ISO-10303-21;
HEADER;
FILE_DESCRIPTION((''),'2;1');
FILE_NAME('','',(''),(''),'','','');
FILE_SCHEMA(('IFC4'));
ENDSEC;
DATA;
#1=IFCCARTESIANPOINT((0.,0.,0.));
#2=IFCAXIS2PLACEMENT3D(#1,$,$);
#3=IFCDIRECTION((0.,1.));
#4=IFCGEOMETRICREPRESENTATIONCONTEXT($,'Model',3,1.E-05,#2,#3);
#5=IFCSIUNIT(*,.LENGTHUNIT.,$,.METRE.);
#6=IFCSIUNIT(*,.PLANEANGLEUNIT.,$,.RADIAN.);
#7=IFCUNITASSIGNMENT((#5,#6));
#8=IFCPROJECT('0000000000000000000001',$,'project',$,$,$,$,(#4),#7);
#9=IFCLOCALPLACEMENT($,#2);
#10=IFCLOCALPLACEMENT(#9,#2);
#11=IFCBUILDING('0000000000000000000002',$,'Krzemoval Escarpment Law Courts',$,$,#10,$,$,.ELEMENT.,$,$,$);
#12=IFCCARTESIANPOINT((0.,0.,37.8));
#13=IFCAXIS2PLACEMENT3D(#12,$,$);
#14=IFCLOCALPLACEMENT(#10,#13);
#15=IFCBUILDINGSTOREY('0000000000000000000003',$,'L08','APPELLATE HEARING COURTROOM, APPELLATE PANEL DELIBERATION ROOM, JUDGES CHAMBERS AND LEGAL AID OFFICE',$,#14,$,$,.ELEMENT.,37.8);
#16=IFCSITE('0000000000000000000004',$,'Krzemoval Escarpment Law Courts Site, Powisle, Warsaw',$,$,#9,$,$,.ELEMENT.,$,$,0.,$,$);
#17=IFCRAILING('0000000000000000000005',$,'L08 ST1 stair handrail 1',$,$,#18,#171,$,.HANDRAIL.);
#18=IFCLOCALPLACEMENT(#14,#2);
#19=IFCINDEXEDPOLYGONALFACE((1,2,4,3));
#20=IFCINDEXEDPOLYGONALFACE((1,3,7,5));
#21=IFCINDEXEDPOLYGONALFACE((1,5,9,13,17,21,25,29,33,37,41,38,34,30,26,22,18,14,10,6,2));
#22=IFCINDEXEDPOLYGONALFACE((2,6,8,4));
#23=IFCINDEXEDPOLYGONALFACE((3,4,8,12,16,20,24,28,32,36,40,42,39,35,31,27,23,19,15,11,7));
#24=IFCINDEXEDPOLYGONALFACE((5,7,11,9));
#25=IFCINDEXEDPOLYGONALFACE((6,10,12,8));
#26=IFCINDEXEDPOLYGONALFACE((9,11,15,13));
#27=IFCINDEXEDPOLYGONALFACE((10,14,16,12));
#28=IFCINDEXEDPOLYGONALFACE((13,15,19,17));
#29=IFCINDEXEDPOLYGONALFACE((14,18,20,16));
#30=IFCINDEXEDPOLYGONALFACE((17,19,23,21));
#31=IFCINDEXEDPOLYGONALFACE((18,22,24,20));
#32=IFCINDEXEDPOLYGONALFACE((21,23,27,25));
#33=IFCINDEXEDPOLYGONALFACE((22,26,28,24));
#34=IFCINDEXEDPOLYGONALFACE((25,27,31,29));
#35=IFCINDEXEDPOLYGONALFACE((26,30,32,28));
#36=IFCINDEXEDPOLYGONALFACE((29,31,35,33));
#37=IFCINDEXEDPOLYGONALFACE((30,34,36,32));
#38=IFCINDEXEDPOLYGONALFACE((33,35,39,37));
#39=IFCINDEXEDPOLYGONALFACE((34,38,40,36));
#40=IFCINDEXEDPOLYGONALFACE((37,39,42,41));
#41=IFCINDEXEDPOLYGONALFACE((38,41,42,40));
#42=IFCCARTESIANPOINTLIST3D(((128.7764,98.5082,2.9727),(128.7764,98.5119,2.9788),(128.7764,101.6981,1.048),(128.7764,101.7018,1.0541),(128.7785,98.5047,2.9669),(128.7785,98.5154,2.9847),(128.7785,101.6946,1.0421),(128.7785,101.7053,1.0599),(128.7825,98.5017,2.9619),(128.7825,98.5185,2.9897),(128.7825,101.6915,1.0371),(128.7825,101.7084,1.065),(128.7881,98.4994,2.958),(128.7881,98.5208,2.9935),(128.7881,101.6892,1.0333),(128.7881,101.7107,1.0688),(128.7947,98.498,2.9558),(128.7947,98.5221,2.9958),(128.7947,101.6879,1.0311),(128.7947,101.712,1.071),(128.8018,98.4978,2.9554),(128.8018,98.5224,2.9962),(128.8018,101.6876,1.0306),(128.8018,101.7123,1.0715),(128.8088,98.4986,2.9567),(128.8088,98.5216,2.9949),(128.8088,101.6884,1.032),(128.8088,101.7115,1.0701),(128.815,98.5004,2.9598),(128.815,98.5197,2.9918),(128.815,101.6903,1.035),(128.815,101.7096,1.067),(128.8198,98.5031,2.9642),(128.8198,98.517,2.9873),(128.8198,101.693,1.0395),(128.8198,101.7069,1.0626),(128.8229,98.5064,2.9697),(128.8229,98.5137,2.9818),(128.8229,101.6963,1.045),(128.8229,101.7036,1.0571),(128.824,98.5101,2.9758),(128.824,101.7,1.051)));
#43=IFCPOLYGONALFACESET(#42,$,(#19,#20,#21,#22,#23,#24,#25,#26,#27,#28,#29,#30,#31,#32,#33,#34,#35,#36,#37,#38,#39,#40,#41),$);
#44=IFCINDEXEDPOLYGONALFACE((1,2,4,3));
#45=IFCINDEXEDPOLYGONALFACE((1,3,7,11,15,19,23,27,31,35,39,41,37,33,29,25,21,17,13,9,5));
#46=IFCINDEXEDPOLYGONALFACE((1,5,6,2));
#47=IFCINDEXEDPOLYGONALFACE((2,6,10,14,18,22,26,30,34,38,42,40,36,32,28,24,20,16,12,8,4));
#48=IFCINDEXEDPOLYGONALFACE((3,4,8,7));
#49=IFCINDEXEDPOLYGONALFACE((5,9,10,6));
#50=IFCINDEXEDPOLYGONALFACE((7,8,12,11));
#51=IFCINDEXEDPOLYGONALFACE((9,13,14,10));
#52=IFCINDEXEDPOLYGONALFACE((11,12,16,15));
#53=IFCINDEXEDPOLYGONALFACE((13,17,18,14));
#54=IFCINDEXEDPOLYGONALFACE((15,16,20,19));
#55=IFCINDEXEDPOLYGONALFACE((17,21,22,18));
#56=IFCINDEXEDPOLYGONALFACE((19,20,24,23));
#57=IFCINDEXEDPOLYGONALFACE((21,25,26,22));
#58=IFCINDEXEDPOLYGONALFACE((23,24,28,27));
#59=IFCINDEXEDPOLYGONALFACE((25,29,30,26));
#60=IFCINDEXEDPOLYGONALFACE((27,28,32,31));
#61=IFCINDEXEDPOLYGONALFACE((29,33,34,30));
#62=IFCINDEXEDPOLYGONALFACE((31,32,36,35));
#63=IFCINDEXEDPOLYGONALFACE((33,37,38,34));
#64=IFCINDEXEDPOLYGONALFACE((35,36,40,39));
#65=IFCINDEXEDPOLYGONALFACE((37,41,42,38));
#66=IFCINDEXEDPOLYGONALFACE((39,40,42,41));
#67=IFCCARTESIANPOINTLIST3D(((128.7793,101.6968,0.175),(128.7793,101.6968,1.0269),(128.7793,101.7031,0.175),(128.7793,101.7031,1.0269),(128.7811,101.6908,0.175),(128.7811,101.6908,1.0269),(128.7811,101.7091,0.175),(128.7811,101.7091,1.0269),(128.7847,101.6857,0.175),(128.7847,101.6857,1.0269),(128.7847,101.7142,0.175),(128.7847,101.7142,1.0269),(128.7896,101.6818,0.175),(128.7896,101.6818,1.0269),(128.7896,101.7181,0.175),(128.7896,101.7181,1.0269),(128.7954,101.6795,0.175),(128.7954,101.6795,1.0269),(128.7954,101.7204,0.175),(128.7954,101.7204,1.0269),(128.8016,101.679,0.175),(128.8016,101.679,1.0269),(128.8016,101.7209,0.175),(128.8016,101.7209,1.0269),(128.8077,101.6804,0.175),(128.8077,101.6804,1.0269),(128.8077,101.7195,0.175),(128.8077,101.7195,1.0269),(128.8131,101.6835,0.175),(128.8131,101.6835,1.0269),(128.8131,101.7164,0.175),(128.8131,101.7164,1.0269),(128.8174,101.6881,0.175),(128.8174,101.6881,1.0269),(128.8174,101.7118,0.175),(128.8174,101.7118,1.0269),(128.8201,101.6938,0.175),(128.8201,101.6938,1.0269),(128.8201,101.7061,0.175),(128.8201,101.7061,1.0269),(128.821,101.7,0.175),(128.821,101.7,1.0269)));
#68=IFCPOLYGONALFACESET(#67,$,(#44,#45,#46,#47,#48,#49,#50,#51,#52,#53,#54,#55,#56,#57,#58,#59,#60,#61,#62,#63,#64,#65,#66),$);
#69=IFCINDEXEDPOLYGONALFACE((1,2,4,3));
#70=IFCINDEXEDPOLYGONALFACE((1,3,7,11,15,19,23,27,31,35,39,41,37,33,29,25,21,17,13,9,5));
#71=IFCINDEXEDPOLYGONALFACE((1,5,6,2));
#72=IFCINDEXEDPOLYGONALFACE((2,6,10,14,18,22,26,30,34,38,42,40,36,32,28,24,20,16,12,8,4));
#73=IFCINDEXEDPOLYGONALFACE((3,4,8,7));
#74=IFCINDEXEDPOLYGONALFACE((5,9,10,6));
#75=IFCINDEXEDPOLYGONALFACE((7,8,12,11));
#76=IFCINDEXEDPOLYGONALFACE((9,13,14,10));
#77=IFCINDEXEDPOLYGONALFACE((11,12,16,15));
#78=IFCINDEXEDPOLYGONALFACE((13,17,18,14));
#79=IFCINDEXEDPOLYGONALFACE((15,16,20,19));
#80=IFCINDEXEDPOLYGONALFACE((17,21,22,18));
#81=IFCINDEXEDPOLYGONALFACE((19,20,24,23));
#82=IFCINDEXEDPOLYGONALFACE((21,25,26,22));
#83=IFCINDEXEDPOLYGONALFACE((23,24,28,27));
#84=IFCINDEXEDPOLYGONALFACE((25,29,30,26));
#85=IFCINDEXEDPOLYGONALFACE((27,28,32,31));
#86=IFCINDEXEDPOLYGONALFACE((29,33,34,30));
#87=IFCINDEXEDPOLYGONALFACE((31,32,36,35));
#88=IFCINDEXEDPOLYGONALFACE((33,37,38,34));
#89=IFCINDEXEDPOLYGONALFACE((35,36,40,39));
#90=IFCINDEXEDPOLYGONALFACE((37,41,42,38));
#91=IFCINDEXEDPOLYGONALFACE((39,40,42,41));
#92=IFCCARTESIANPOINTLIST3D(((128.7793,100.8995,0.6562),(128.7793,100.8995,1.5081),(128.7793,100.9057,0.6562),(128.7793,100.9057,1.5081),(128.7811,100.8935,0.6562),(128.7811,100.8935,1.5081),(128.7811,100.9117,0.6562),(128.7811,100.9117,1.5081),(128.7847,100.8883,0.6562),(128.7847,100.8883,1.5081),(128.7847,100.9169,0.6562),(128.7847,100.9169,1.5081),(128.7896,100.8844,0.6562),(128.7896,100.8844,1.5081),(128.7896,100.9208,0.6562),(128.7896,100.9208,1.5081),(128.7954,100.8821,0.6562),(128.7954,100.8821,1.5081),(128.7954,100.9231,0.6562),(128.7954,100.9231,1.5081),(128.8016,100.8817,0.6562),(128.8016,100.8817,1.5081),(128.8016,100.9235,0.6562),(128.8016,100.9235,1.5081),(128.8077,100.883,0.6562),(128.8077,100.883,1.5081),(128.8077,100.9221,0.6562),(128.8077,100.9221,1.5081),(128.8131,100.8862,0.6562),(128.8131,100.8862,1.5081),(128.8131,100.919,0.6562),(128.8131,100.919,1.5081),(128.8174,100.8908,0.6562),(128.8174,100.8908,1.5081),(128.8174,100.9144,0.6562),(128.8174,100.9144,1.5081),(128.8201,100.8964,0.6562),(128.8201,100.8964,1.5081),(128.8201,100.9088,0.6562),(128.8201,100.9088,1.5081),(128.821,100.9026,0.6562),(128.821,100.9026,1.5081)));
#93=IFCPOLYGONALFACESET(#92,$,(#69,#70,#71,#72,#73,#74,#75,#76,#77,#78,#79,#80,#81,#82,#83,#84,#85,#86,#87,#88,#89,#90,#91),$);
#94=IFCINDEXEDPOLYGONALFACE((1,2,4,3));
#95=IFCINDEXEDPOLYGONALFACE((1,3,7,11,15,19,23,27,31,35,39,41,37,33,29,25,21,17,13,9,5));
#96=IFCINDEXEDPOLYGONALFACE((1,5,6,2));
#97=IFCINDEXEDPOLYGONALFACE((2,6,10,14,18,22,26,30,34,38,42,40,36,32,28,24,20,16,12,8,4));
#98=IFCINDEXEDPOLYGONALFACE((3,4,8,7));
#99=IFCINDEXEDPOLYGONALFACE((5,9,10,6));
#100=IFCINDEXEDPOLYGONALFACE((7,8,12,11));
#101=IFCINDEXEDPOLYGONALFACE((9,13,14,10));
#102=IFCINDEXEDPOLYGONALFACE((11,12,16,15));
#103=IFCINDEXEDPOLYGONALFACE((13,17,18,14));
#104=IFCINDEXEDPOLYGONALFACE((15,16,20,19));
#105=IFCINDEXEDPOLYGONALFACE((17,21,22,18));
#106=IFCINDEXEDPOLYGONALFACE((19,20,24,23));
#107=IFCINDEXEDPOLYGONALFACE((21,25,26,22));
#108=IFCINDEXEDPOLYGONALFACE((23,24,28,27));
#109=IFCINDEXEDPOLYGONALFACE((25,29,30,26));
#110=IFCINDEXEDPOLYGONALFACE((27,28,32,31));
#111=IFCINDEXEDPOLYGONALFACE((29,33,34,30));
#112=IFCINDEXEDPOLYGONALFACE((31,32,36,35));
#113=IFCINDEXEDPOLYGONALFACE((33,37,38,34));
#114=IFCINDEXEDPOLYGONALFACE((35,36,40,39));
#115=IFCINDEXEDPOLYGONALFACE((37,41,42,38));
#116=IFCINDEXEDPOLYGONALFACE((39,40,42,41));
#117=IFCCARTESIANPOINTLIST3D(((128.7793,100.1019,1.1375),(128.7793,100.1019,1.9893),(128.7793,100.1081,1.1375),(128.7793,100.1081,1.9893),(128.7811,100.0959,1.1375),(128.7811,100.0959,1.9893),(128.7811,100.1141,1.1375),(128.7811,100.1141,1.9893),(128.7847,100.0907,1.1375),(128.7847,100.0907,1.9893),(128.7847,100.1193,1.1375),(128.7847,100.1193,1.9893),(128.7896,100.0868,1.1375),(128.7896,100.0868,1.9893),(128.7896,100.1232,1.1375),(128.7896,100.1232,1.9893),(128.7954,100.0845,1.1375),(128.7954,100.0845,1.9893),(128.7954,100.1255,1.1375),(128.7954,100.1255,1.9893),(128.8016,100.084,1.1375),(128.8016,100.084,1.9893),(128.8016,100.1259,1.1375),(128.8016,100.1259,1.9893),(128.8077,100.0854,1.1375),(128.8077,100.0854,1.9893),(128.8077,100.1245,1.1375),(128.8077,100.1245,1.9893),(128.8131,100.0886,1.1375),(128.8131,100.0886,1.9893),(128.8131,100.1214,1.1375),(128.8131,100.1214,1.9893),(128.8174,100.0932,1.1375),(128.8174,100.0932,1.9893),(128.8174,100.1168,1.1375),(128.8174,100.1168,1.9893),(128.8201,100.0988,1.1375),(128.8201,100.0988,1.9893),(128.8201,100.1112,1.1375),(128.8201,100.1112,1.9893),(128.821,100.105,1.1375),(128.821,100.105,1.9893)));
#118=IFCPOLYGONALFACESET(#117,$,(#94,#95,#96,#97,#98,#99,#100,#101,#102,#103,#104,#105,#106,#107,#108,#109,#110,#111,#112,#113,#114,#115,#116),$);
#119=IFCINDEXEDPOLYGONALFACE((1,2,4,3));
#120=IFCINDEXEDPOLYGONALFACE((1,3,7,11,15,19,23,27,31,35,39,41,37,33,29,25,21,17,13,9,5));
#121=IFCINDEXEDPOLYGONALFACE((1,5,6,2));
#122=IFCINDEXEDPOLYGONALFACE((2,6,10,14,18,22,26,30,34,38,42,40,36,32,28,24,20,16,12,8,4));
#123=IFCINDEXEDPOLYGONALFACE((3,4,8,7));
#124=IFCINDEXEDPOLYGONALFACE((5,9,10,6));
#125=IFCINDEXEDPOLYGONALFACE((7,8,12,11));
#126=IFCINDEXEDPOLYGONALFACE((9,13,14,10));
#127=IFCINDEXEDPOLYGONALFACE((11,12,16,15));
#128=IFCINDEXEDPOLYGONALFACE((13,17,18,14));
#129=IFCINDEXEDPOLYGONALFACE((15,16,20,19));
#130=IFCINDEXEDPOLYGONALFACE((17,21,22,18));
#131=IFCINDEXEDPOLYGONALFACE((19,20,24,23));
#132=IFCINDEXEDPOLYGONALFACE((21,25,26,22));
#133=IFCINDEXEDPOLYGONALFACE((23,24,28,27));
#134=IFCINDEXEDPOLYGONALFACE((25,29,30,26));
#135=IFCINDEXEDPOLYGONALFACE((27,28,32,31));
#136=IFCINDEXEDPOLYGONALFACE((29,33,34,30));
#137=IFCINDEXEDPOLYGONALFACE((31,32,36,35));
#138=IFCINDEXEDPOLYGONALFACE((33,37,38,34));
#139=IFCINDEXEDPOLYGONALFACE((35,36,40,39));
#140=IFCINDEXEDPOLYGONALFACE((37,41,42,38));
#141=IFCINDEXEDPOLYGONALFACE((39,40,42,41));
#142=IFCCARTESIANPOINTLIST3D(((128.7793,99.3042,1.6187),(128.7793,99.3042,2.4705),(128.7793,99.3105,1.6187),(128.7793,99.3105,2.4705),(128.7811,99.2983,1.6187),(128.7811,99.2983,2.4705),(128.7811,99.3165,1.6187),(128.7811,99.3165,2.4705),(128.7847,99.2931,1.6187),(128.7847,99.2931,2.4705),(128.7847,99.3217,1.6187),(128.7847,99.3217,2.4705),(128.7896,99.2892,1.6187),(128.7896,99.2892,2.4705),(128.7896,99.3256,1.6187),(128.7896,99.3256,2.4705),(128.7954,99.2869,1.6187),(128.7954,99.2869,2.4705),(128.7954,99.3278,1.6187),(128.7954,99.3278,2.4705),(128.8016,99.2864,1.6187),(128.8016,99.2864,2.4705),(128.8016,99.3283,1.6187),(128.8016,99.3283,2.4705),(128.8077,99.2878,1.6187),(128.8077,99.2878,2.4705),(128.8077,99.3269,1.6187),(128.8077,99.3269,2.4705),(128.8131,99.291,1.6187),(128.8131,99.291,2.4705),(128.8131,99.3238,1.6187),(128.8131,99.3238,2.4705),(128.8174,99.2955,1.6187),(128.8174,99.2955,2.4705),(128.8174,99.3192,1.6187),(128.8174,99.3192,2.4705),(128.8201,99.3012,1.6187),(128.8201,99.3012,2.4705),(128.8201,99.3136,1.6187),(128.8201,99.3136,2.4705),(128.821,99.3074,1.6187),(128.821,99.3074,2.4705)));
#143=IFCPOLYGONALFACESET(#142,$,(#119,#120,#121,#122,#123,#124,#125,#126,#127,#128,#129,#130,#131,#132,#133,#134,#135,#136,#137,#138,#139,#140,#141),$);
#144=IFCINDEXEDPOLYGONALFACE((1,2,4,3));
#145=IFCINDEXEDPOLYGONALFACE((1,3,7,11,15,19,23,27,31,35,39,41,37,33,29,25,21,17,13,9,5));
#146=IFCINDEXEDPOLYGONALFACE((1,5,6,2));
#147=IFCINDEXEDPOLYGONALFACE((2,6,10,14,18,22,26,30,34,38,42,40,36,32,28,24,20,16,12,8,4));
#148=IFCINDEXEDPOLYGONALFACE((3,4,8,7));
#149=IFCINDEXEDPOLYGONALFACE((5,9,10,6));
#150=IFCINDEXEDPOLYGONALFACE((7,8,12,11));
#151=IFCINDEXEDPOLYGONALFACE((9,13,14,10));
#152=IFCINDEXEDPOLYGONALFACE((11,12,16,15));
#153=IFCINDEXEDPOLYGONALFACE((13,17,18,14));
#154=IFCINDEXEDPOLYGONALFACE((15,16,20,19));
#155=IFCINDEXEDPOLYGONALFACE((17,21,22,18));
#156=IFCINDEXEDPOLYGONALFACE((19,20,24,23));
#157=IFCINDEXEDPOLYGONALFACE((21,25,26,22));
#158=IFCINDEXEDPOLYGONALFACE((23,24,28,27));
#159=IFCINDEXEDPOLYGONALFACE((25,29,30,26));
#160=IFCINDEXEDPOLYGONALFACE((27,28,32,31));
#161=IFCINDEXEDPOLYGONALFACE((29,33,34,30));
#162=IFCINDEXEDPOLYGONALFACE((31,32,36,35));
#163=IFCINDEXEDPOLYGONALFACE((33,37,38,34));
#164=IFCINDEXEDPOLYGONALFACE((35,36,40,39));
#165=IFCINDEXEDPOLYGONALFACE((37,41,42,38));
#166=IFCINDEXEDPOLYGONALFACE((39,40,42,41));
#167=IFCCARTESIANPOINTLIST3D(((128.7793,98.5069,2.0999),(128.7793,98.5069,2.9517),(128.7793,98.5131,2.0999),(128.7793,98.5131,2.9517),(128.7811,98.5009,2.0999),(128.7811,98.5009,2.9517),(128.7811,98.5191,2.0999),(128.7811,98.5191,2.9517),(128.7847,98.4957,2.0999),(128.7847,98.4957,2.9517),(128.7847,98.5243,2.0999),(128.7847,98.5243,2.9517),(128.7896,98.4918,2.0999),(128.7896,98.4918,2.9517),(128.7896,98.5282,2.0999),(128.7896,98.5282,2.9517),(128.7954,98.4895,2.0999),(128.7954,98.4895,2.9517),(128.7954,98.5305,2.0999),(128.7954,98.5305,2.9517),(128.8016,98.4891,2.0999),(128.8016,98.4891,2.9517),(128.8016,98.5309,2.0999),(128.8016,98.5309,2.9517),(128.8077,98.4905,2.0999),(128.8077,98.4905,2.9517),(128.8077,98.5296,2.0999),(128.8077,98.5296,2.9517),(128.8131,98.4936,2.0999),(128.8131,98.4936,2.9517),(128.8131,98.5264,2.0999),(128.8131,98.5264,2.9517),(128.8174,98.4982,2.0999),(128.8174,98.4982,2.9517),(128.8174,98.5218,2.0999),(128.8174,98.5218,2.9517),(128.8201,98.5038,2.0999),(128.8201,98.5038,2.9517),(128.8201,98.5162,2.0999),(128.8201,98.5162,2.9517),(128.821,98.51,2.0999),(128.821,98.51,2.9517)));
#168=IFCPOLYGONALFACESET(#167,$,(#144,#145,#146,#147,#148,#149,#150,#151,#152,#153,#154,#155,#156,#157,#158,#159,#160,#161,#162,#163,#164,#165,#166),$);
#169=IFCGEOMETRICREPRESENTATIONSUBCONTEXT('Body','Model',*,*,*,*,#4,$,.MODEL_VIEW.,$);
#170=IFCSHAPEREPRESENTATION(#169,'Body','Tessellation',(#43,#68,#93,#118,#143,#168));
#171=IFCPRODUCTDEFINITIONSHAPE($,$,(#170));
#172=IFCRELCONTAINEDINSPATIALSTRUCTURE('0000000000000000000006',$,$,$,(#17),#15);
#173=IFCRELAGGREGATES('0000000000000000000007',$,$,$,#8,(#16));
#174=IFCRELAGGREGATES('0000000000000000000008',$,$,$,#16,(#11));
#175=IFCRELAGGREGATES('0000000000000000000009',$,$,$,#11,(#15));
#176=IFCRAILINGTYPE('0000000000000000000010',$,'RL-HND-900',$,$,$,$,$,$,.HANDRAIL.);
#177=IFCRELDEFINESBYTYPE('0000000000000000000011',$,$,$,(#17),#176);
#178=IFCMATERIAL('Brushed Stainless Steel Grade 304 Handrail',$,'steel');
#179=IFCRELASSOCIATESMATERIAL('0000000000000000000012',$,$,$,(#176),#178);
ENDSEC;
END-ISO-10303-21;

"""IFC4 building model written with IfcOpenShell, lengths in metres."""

from ifc_helpers import new_model, si_unit, direction, frame, origin, origin_2d, place, context, subcontext, project, spatial, circle, extrude, material, type_object, element, save


model = new_model("IFC4")

# Units and contexts
model_context = context("Model", 3, precision=1e-05, world=origin(), true_north=direction((0.0, 1.0)))
body_context = subcontext(model_context, "Body", "Model", "MODEL_VIEW")
ifc_project = project(units=[si_unit("LENGTHUNIT", "METRE"), si_unit("PLANEANGLEUNIT", "RADIAN")], contexts=[model_context])

# Site, building, storey
site_placement = place(None, origin())
site = spatial("IfcSite", under=ifc_project, at=site_placement, Name="Krzemoval Escarpment Law Courts Site, Powisle, Warsaw", CompositionType="ELEMENT", RefElevation=0.0)
building_placement = place(site_placement, origin())
building = spatial("IfcBuilding", under=site, at=building_placement, Name="Krzemoval Escarpment Law Courts", CompositionType="ELEMENT")
storey_placement = place(building_placement, frame((0.0, 0.0, 37.8)))
storey = spatial("IfcBuildingStorey", under=building, at=storey_placement, Name="L08", Description="APPELLATE HEARING COURTROOM, APPELLATE PANEL DELIBERATION ROOM, JUDGES CHAMBERS AND LEGAL AID OFFICE", CompositionType="ELEMENT", Elevation=37.8)

# Railing
ifc_material_1 = material(Name="Brushed Stainless Steel Grade 304 Handrail", Category="steel")
railing_type_1 = type_object("IfcRailingType", Name="RL-HND-900", PredefinedType="HANDRAIL", material=ifc_material_1)
railing_1_placement = place(storey_placement, frame((128.8, 101.7, 0.175)))
element("IfcRailing", 1, at=railing_1_placement, inside=storey, type_object=railing_type_1, Name="L08 ST1 stair handrail 1", PredefinedType="HANDRAIL", context=body_context, shape_type="SweptSolid", body=[
    extrude(circle(Radius=0.0239, at=origin_2d()), frame((0.0, 0.0, 0.876), z_axis=(0.0, -0.856207, 0.516633), x_axis=(1.0, 0.0, 0.0)), (0.0, 0.0, 1.0), 3.7256),
    extrude(circle(Radius=0.021, at=origin_2d()), origin(), (0.0, 0.0, 1.0), 0.8518),
    extrude(circle(Radius=0.021, at=origin_2d()), frame((0.0, -0.7974, 0.4812)), (0.0, 0.0, 1.0), 0.8518),
    extrude(circle(Radius=0.021, at=origin_2d()), frame((0.0, -1.595, 0.9624)), (0.0, 0.0, 1.0), 0.8518),
    extrude(circle(Radius=0.021, at=origin_2d()), frame((0.0, -2.3926, 1.4436)), (0.0, 0.0, 1.0), 0.8518),
    extrude(circle(Radius=0.021, at=origin_2d()), frame((0.0, -3.1899, 1.9248)), (0.0, 0.0, 1.0), 0.8518),
])

save(model, "model.ifc")
